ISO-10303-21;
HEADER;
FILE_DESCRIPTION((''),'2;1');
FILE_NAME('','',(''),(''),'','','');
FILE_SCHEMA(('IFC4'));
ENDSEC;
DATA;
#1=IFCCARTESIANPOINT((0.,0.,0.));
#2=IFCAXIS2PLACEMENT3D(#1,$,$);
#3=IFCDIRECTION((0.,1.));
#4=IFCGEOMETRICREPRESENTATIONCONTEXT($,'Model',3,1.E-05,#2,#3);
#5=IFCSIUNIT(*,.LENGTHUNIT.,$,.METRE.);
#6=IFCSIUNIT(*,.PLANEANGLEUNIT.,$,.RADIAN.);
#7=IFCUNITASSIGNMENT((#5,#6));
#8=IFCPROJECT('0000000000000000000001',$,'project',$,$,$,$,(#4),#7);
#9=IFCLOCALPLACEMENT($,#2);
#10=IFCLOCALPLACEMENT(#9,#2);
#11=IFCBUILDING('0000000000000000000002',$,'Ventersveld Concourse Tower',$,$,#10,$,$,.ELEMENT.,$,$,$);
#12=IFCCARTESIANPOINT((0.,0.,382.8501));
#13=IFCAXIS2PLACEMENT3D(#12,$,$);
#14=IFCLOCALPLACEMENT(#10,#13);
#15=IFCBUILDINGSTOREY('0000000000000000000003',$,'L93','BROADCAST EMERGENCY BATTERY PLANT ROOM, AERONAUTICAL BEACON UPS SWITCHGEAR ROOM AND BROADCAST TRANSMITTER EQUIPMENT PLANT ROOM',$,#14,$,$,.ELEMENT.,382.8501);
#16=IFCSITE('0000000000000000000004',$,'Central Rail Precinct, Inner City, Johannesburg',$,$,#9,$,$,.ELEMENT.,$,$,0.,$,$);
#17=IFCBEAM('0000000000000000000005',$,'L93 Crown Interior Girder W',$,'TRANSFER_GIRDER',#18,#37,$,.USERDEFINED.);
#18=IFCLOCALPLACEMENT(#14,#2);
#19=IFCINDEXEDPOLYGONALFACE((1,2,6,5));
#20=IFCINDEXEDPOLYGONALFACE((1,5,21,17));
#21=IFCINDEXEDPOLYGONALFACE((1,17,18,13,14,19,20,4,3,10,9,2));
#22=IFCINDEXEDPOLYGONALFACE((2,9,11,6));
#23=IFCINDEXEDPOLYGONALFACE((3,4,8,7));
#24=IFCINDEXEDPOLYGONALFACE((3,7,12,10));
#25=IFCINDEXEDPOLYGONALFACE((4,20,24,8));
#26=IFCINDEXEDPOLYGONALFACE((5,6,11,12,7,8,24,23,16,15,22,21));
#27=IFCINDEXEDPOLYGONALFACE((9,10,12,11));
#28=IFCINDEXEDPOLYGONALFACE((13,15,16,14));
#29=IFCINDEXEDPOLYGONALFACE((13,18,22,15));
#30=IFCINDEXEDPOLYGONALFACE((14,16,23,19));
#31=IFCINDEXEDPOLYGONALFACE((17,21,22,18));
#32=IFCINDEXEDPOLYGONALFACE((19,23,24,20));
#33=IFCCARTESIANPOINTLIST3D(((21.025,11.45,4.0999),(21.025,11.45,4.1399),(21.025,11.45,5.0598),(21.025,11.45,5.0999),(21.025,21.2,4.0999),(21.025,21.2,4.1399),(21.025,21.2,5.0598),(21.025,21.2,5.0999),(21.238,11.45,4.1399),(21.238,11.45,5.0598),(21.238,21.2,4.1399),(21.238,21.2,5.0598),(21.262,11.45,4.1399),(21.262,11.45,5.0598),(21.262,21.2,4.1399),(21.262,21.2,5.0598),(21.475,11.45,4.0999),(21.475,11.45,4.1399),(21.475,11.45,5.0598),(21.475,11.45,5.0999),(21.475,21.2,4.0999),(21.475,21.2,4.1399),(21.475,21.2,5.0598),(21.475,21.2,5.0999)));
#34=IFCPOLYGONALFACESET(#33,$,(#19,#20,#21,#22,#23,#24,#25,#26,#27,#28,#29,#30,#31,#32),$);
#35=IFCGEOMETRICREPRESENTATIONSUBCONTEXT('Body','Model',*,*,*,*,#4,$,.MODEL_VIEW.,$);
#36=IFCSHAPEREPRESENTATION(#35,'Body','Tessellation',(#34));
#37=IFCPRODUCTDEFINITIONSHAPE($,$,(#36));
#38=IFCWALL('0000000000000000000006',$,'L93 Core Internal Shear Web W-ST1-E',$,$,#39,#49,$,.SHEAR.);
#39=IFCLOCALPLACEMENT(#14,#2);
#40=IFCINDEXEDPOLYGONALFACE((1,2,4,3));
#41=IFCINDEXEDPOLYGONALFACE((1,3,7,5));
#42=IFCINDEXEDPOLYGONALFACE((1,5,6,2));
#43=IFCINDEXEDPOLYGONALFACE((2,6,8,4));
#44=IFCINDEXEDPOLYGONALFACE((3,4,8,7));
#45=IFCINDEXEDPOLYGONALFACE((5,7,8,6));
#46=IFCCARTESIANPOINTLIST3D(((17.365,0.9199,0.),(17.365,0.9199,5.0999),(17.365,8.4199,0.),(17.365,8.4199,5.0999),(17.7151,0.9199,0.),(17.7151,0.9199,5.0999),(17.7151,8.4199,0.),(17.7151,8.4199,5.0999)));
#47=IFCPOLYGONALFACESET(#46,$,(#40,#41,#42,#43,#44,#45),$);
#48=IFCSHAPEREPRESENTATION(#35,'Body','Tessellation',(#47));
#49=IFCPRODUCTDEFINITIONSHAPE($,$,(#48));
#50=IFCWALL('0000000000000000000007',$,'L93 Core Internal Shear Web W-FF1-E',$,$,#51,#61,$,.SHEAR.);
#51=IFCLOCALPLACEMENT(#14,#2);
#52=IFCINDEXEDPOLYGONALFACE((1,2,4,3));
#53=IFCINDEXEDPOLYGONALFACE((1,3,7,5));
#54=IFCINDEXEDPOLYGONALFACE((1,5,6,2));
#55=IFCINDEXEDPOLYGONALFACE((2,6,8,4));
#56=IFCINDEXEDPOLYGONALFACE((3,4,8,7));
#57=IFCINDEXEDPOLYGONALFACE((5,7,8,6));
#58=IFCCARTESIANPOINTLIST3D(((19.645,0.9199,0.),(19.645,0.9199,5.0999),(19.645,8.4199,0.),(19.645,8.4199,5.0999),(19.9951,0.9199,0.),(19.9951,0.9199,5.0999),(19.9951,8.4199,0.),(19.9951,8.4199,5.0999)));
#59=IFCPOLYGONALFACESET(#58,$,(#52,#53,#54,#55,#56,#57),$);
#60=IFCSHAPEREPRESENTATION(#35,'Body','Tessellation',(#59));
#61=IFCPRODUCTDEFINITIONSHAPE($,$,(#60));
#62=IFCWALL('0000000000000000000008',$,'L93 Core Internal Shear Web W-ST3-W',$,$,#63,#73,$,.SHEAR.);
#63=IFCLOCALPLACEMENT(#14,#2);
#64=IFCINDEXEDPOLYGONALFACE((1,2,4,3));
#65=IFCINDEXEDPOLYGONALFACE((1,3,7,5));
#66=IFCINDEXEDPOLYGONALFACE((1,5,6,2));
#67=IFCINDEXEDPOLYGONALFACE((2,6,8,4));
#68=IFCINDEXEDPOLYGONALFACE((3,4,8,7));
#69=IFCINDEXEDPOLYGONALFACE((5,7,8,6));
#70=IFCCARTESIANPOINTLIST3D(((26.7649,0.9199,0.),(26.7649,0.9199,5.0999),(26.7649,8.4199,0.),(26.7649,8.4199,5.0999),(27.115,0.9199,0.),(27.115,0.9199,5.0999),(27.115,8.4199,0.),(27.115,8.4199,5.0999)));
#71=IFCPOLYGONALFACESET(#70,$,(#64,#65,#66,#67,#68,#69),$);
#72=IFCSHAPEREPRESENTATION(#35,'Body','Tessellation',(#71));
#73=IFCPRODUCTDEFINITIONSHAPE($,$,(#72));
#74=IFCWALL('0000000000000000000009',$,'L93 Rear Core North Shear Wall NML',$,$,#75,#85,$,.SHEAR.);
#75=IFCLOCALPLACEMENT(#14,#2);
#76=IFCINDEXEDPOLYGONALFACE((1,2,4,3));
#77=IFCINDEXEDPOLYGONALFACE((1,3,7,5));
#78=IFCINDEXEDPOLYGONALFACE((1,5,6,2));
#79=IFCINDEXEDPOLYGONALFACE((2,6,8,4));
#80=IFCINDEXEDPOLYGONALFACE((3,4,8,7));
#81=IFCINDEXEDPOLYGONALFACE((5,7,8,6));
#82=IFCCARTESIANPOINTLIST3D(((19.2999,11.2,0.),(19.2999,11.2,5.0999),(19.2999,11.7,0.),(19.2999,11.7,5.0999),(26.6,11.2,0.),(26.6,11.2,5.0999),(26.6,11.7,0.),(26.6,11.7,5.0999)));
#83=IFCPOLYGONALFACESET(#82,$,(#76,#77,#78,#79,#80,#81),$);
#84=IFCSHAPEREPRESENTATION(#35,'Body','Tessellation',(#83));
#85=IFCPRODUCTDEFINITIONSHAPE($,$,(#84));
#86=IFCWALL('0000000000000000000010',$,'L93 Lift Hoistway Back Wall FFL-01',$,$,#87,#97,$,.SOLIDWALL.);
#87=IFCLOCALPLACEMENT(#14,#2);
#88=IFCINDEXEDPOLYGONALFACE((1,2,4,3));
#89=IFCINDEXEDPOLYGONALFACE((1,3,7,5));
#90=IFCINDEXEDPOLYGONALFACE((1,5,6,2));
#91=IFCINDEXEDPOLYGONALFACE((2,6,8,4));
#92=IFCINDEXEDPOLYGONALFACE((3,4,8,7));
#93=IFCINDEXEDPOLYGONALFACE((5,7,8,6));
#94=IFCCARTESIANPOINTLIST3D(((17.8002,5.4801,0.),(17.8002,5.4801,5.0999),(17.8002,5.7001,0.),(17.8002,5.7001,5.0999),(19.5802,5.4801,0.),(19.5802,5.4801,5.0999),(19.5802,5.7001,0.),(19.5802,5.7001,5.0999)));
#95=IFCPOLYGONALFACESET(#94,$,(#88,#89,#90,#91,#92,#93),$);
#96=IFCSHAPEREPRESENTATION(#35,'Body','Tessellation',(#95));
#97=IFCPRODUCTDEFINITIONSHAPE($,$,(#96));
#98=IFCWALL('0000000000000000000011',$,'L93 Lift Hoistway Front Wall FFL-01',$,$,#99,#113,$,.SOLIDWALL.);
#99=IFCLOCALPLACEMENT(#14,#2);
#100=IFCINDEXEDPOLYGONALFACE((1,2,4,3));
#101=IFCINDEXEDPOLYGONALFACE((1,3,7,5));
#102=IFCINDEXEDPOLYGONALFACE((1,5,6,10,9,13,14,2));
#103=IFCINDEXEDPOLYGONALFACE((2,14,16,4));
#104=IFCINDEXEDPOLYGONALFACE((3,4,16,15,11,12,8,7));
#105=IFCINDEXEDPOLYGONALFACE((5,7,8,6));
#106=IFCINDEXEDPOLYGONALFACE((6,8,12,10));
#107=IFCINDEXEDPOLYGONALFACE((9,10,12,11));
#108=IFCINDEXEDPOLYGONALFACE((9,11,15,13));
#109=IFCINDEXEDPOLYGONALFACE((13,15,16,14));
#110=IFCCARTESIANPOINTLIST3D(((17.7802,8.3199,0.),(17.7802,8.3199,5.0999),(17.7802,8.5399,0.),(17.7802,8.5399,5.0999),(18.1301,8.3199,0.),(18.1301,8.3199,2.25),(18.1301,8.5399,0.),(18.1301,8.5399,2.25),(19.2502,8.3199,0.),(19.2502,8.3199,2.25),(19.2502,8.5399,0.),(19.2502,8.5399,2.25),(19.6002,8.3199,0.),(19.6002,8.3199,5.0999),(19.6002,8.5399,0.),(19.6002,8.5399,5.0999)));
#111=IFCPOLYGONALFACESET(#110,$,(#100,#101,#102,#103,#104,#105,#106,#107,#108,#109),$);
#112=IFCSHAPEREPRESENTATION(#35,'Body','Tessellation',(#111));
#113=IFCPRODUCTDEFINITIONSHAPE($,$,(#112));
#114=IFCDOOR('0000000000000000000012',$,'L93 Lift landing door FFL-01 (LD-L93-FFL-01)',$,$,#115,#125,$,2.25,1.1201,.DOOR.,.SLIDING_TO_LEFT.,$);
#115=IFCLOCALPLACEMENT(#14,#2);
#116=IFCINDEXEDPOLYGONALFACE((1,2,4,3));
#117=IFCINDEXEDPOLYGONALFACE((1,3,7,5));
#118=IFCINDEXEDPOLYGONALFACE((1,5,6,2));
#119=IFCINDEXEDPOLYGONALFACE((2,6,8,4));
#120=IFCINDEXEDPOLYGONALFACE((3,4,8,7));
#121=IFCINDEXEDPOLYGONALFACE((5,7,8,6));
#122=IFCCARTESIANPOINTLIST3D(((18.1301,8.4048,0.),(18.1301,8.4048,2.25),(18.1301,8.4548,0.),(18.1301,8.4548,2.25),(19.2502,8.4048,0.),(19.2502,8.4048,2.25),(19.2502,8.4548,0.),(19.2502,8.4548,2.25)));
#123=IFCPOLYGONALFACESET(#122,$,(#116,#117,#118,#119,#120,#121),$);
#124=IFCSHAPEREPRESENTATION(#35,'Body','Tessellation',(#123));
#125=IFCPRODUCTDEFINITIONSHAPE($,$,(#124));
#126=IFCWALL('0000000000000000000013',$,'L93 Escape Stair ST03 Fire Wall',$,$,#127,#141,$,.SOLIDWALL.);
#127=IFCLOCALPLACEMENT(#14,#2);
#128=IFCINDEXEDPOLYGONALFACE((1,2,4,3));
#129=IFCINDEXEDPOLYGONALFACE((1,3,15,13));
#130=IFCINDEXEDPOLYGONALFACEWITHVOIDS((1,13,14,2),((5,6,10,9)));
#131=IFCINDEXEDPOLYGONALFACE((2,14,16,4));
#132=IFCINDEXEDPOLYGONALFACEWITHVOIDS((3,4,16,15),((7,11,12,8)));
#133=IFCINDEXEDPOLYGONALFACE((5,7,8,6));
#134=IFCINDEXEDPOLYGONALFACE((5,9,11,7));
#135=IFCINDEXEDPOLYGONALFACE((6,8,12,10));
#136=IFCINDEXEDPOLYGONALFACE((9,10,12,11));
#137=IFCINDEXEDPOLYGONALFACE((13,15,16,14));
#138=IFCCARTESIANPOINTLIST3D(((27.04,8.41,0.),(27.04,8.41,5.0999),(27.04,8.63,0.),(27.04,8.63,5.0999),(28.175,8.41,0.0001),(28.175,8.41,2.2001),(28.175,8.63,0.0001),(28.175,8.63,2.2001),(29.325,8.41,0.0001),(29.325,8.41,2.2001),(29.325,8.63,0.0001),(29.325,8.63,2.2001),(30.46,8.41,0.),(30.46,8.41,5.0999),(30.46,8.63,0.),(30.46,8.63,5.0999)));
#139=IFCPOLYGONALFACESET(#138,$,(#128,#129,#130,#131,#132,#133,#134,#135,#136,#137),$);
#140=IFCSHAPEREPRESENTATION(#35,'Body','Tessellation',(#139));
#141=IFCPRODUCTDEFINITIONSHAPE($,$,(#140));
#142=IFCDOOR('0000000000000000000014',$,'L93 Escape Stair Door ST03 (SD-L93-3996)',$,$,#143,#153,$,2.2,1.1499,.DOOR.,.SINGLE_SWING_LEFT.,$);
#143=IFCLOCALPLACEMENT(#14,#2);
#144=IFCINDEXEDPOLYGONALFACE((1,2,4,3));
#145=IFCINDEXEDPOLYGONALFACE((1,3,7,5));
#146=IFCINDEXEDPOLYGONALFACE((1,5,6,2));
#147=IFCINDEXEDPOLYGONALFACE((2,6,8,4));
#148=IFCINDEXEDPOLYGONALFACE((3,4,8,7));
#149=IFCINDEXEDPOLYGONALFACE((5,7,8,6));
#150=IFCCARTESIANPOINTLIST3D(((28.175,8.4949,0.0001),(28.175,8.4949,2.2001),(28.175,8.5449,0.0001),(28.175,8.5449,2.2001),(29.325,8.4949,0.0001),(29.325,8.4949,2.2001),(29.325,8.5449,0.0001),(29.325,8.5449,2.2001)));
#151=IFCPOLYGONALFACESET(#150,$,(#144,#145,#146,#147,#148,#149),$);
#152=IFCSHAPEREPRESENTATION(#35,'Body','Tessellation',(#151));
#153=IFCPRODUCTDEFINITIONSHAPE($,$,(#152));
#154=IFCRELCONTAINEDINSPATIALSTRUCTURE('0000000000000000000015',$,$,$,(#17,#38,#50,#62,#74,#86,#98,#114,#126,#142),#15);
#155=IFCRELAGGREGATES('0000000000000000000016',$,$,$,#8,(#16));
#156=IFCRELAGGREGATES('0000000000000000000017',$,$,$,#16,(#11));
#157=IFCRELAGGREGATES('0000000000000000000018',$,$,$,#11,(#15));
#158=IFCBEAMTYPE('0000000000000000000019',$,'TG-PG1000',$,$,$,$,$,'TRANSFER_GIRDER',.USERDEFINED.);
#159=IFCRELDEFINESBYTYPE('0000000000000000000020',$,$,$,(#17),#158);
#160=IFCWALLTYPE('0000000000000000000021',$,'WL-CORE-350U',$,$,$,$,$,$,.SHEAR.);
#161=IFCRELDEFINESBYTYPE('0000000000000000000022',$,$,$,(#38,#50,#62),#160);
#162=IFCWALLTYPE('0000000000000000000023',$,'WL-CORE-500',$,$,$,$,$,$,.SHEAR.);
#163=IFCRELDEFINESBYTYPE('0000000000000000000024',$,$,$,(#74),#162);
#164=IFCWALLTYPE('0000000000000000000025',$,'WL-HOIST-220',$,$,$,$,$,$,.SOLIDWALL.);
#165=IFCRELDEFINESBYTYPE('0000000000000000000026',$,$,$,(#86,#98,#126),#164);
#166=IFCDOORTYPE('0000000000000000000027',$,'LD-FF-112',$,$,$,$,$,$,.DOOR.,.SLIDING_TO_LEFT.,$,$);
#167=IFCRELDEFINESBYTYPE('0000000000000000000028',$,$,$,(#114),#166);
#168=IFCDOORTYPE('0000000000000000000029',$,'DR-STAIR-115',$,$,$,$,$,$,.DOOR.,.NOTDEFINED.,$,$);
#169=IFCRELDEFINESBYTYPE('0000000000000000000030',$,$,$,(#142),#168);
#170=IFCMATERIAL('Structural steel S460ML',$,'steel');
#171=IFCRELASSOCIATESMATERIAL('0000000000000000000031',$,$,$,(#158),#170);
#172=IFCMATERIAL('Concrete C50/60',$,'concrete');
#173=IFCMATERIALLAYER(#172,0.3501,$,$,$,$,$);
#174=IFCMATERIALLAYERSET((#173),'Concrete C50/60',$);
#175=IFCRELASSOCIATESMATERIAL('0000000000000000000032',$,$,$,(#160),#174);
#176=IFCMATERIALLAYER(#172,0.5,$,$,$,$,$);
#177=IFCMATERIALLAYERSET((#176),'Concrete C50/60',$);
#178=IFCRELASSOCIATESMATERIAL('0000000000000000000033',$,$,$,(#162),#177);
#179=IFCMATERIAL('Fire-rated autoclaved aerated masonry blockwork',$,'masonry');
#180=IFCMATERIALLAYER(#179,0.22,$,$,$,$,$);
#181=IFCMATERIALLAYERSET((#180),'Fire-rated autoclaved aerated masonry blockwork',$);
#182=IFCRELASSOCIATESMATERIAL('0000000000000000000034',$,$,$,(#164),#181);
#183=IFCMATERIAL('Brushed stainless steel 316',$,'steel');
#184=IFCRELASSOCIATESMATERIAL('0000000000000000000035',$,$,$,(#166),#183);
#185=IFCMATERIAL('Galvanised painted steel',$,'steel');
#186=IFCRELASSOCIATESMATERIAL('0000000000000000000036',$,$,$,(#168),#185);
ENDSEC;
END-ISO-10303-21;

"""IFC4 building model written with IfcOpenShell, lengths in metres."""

from ifc_helpers import new_model, si_unit, direction, frame, frame_2d, origin, origin_2d, place, context, subcontext, project, spatial, rectangle, i_section, extrude, material, layer, layer_set, material_profile, profile_set, type_object, element, fill, save


model = new_model("IFC4")

# Units and contexts
model_context = context("Model", 3, precision=1e-05, world=origin(), true_north=direction((0.0, 1.0)))
body_context = subcontext(model_context, "Body", "Model", "MODEL_VIEW")
ifc_project = project(units=[si_unit("LENGTHUNIT", "METRE"), si_unit("PLANEANGLEUNIT", "RADIAN")], contexts=[model_context])

# Site, building, storey
site_placement = place(None, origin())
site = spatial("IfcSite", under=ifc_project, at=site_placement, Name="Central Rail Precinct, Inner City, Johannesburg", CompositionType="ELEMENT", RefElevation=0.0)
building_placement = place(site_placement, origin())
building = spatial("IfcBuilding", under=site, at=building_placement, Name="Ventersveld Concourse Tower", CompositionType="ELEMENT")
storey_placement = place(building_placement, frame((0.0, 0.0, 382.8501)))
storey = spatial("IfcBuildingStorey", under=building, at=storey_placement, Name="L93", Description="BROADCAST EMERGENCY BATTERY PLANT ROOM, AERONAUTICAL BEACON UPS SWITCHGEAR ROOM AND BROADCAST TRANSMITTER EQUIPMENT PLANT ROOM", CompositionType="ELEMENT", Elevation=382.8501)

# Beam
ifc_material_1 = material(Name="Concrete C50/60", Category="concrete")
ifc_material_2 = material(Name="Structural steel S460ML", Category="steel")
ifc_material_profile_1 = material_profile(ifc_material_2, i_section(OverallWidth=0.45, OverallDepth=1.0, WebThickness=0.0239, FlangeThickness=0.04, at=origin_2d()), Name="PG 1000x450x40")
ifc_profile_set_1 = profile_set([ifc_material_profile_1], Name="Structural steel S460ML")
beam_type_1 = type_object("IfcBeamType", Name="TG-PG1000", ElementType="TRANSFER_GIRDER", PredefinedType="USERDEFINED", material=ifc_profile_set_1)
beam_1_placement = place(storey_placement, frame((21.25, 11.45, 4.5999), z_axis=(0.0, 1.0, 0.0), x_axis=(-1.0, 0.0, 0.0)))
element("IfcBeam", 1, at=beam_1_placement, inside=storey, type_object=beam_type_1, Name="L93 Crown Interior Girder W", ObjectType="TRANSFER_GIRDER", PredefinedType="USERDEFINED", context=body_context, shape_type="SweptSolid", body=[
    extrude(i_section(OverallWidth=0.45, OverallDepth=1.0, WebThickness=0.0239, FlangeThickness=0.04, at=origin_2d()), origin(), (0.0, 0.0, 1.0), 9.75),
])

# Walls
ifc_layer_1 = layer(ifc_material_1, 0.3501)
ifc_layer_set_1 = layer_set([ifc_layer_1], Name="Concrete C50/60")
wall_type_1 = type_object("IfcWallType", Name="WL-CORE-350U", PredefinedType="SHEAR", material=ifc_layer_set_1)
for number, where, z_axis, x_axis, name in (
    (2, (17.54, 0.9199, 0.0), (0.0, 0.0, 1.0), (0.0, 1.0, 0.0), "L93 Core Internal Shear Web W-ST1-E"),
    (3, (19.8201, 0.9199, 0.0), (0.0, 0.0, 1.0), (0.0, 1.0, 0.0), "L93 Core Internal Shear Web W-FF1-E"),
    (4, (26.9399, 0.9199, 0.0), (0.0, 0.0, 1.0), (0.0, 1.0, 0.0), "L93 Core Internal Shear Web W-ST3-W"),
):
    element("IfcWall", number, at=place(storey_placement, frame(where, z_axis=z_axis, x_axis=x_axis)), inside=storey, type_object=wall_type_1, Name=name, PredefinedType="SHEAR", context=body_context, shape_type="SweptSolid", body=[
        extrude(rectangle(XDim=7.5, YDim=0.3501, at=frame_2d((3.75, 0.0))), origin(), (0.0, 0.0, 1.0), 5.0999),
    ])
ifc_layer_2 = layer(ifc_material_1, 0.5)
ifc_layer_set_2 = layer_set([ifc_layer_2], Name="Concrete C50/60")
wall_type_2 = type_object("IfcWallType", Name="WL-CORE-500", PredefinedType="SHEAR", material=ifc_layer_set_2)
wall_1_placement = place(storey_placement, frame((19.3, 11.45, 0.0), z_axis=(0.0, 0.0, 1.0), x_axis=(1.0, 0.0, 0.0)))
element("IfcWall", 5, at=wall_1_placement, inside=storey, type_object=wall_type_2, Name="L93 Rear Core North Shear Wall NML", PredefinedType="SHEAR", context=body_context, shape_type="SweptSolid", body=[
    extrude(rectangle(XDim=7.3, YDim=0.5, at=frame_2d((3.6499, 0.0))), origin(), (0.0, 0.0, 1.0), 5.0999),
])
ifc_material_3 = material(Name="Fire-rated autoclaved aerated masonry blockwork", Category="masonry")
ifc_layer_3 = layer(ifc_material_3, 0.22)
ifc_layer_set_3 = layer_set([ifc_layer_3], Name="Fire-rated autoclaved aerated masonry blockwork")
wall_type_3 = type_object("IfcWallType", Name="WL-HOIST-220", PredefinedType="SOLIDWALL", material=ifc_layer_set_3)
wall_2_placement = place(storey_placement, frame((17.8, 5.5901, 0.0), z_axis=(0.0, 0.0, 1.0), x_axis=(1.0, 0.0, 0.0)))
element("IfcWall", 6, at=wall_2_placement, inside=storey, type_object=wall_type_3, Name="L93 Lift Hoistway Back Wall FFL-01", PredefinedType="SOLIDWALL", context=body_context, shape_type="SweptSolid", body=[
    extrude(rectangle(XDim=1.78, YDim=0.22, at=frame_2d((0.8901, 0.0))), origin(), (0.0, 0.0, 1.0), 5.0999),
])

# Walls, openings, doors
wall_3_placement = place(storey_placement, frame((17.78, 8.4299, 0.0), z_axis=(0.0, 0.0, 1.0), x_axis=(1.0, 0.0, 0.0)))
wall_3 = element("IfcWall", 7, at=wall_3_placement, inside=storey, type_object=wall_type_3, Name="L93 Lift Hoistway Front Wall FFL-01", PredefinedType="SOLIDWALL", context=body_context, shape_type="SweptSolid", body=[
    extrude(rectangle(XDim=1.8201, YDim=0.22, at=frame_2d((0.9102, 0.0))), origin(), (0.0, 0.0, 1.0), 5.0999),
])
opening_1_placement = place(wall_3_placement, frame((0.3501, 0.0, 0.0)))
opening_1 = element("IfcOpeningElement", 8, at=opening_1_placement, cuts=wall_3, PredefinedType="OPENING", context=body_context, shape_type="SweptSolid", body=[
    extrude(rectangle(XDim=1.1201, YDim=2.25, at=frame_2d((0.5601, 1.125))), frame((0.0, 0.1201, 0.0), z_axis=(0.0, -1.0, 0.0), x_axis=(1.0, 0.0, 0.0)), (0.0, 0.0, 1.0), 0.24),
])
ifc_material_4 = material(Name="Brushed stainless steel 316", Category="steel")
door_type_1 = type_object("IfcDoorType", Name="LD-FF-112", OperationType="SLIDING_TO_LEFT", PredefinedType="DOOR", material=ifc_material_4)
door_1_placement = place(opening_1_placement, origin())
door_1 = element("IfcDoor", 9, at=door_1_placement, inside=storey, type_object=door_type_1, Name="L93 Lift landing door FFL-01 (LD-L93-FFL-01)", OperationType="SLIDING_TO_LEFT", OverallHeight=2.25, OverallWidth=1.1201, PredefinedType="DOOR", context=body_context, shape_type="SweptSolid", body=[
    extrude(rectangle(XDim=1.1201, YDim=2.25, at=frame_2d((0.5601, 1.125))), frame((0.0, 0.0249, 0.0), z_axis=(0.0, -1.0, 0.0), x_axis=(1.0, 0.0, 0.0)), (0.0, 0.0, 1.0), 0.05),
])
fill(opening_1, door_1)
wall_4_placement = place(storey_placement, frame((27.04, 8.52, 0.0), z_axis=(0.0, 0.0, 1.0), x_axis=(1.0, 0.0, 0.0)))
wall_4 = element("IfcWall", 10, at=wall_4_placement, inside=storey, type_object=wall_type_3, Name="L93 Escape Stair ST03 Fire Wall", PredefinedType="SOLIDWALL", context=body_context, shape_type="SweptSolid", body=[
    extrude(rectangle(XDim=3.4199, YDim=0.22, at=frame_2d((1.71, 0.0))), origin(), (0.0, 0.0, 1.0), 5.0999),
])
opening_2_placement = place(wall_4_placement, frame((1.135, 0.0, 0.0)))
opening_2 = element("IfcOpeningElement", 11, at=opening_2_placement, cuts=wall_4, PredefinedType="OPENING", context=body_context, shape_type="SweptSolid", body=[
    extrude(rectangle(XDim=1.1499, YDim=2.2, at=frame_2d((0.575, 1.1001))), frame((0.0, 0.1201, 0.0), z_axis=(0.0, -1.0, 0.0), x_axis=(1.0, 0.0, 0.0)), (0.0, 0.0, 1.0), 0.24),
])
ifc_material_5 = material(Name="Galvanised painted steel", Category="steel")
door_type_2 = type_object("IfcDoorType", Name="DR-STAIR-115", OperationType="NOTDEFINED", PredefinedType="DOOR", material=ifc_material_5)
door_2_placement = place(opening_2_placement, origin())
door_2 = element("IfcDoor", 12, at=door_2_placement, inside=storey, type_object=door_type_2, Name="L93 Escape Stair Door ST03 (SD-L93-3996)", OperationType="SINGLE_SWING_LEFT", OverallHeight=2.2, OverallWidth=1.1499, PredefinedType="DOOR", context=body_context, shape_type="SweptSolid", body=[
    extrude(rectangle(XDim=1.1499, YDim=2.2, at=frame_2d((0.575, 1.1001))), frame((0.0, 0.0249, 0.0), z_axis=(0.0, -1.0, 0.0), x_axis=(1.0, 0.0, 0.0)), (0.0, 0.0, 1.0), 0.05),
])
fill(opening_2, door_2)

save(model, "model.ifc")
